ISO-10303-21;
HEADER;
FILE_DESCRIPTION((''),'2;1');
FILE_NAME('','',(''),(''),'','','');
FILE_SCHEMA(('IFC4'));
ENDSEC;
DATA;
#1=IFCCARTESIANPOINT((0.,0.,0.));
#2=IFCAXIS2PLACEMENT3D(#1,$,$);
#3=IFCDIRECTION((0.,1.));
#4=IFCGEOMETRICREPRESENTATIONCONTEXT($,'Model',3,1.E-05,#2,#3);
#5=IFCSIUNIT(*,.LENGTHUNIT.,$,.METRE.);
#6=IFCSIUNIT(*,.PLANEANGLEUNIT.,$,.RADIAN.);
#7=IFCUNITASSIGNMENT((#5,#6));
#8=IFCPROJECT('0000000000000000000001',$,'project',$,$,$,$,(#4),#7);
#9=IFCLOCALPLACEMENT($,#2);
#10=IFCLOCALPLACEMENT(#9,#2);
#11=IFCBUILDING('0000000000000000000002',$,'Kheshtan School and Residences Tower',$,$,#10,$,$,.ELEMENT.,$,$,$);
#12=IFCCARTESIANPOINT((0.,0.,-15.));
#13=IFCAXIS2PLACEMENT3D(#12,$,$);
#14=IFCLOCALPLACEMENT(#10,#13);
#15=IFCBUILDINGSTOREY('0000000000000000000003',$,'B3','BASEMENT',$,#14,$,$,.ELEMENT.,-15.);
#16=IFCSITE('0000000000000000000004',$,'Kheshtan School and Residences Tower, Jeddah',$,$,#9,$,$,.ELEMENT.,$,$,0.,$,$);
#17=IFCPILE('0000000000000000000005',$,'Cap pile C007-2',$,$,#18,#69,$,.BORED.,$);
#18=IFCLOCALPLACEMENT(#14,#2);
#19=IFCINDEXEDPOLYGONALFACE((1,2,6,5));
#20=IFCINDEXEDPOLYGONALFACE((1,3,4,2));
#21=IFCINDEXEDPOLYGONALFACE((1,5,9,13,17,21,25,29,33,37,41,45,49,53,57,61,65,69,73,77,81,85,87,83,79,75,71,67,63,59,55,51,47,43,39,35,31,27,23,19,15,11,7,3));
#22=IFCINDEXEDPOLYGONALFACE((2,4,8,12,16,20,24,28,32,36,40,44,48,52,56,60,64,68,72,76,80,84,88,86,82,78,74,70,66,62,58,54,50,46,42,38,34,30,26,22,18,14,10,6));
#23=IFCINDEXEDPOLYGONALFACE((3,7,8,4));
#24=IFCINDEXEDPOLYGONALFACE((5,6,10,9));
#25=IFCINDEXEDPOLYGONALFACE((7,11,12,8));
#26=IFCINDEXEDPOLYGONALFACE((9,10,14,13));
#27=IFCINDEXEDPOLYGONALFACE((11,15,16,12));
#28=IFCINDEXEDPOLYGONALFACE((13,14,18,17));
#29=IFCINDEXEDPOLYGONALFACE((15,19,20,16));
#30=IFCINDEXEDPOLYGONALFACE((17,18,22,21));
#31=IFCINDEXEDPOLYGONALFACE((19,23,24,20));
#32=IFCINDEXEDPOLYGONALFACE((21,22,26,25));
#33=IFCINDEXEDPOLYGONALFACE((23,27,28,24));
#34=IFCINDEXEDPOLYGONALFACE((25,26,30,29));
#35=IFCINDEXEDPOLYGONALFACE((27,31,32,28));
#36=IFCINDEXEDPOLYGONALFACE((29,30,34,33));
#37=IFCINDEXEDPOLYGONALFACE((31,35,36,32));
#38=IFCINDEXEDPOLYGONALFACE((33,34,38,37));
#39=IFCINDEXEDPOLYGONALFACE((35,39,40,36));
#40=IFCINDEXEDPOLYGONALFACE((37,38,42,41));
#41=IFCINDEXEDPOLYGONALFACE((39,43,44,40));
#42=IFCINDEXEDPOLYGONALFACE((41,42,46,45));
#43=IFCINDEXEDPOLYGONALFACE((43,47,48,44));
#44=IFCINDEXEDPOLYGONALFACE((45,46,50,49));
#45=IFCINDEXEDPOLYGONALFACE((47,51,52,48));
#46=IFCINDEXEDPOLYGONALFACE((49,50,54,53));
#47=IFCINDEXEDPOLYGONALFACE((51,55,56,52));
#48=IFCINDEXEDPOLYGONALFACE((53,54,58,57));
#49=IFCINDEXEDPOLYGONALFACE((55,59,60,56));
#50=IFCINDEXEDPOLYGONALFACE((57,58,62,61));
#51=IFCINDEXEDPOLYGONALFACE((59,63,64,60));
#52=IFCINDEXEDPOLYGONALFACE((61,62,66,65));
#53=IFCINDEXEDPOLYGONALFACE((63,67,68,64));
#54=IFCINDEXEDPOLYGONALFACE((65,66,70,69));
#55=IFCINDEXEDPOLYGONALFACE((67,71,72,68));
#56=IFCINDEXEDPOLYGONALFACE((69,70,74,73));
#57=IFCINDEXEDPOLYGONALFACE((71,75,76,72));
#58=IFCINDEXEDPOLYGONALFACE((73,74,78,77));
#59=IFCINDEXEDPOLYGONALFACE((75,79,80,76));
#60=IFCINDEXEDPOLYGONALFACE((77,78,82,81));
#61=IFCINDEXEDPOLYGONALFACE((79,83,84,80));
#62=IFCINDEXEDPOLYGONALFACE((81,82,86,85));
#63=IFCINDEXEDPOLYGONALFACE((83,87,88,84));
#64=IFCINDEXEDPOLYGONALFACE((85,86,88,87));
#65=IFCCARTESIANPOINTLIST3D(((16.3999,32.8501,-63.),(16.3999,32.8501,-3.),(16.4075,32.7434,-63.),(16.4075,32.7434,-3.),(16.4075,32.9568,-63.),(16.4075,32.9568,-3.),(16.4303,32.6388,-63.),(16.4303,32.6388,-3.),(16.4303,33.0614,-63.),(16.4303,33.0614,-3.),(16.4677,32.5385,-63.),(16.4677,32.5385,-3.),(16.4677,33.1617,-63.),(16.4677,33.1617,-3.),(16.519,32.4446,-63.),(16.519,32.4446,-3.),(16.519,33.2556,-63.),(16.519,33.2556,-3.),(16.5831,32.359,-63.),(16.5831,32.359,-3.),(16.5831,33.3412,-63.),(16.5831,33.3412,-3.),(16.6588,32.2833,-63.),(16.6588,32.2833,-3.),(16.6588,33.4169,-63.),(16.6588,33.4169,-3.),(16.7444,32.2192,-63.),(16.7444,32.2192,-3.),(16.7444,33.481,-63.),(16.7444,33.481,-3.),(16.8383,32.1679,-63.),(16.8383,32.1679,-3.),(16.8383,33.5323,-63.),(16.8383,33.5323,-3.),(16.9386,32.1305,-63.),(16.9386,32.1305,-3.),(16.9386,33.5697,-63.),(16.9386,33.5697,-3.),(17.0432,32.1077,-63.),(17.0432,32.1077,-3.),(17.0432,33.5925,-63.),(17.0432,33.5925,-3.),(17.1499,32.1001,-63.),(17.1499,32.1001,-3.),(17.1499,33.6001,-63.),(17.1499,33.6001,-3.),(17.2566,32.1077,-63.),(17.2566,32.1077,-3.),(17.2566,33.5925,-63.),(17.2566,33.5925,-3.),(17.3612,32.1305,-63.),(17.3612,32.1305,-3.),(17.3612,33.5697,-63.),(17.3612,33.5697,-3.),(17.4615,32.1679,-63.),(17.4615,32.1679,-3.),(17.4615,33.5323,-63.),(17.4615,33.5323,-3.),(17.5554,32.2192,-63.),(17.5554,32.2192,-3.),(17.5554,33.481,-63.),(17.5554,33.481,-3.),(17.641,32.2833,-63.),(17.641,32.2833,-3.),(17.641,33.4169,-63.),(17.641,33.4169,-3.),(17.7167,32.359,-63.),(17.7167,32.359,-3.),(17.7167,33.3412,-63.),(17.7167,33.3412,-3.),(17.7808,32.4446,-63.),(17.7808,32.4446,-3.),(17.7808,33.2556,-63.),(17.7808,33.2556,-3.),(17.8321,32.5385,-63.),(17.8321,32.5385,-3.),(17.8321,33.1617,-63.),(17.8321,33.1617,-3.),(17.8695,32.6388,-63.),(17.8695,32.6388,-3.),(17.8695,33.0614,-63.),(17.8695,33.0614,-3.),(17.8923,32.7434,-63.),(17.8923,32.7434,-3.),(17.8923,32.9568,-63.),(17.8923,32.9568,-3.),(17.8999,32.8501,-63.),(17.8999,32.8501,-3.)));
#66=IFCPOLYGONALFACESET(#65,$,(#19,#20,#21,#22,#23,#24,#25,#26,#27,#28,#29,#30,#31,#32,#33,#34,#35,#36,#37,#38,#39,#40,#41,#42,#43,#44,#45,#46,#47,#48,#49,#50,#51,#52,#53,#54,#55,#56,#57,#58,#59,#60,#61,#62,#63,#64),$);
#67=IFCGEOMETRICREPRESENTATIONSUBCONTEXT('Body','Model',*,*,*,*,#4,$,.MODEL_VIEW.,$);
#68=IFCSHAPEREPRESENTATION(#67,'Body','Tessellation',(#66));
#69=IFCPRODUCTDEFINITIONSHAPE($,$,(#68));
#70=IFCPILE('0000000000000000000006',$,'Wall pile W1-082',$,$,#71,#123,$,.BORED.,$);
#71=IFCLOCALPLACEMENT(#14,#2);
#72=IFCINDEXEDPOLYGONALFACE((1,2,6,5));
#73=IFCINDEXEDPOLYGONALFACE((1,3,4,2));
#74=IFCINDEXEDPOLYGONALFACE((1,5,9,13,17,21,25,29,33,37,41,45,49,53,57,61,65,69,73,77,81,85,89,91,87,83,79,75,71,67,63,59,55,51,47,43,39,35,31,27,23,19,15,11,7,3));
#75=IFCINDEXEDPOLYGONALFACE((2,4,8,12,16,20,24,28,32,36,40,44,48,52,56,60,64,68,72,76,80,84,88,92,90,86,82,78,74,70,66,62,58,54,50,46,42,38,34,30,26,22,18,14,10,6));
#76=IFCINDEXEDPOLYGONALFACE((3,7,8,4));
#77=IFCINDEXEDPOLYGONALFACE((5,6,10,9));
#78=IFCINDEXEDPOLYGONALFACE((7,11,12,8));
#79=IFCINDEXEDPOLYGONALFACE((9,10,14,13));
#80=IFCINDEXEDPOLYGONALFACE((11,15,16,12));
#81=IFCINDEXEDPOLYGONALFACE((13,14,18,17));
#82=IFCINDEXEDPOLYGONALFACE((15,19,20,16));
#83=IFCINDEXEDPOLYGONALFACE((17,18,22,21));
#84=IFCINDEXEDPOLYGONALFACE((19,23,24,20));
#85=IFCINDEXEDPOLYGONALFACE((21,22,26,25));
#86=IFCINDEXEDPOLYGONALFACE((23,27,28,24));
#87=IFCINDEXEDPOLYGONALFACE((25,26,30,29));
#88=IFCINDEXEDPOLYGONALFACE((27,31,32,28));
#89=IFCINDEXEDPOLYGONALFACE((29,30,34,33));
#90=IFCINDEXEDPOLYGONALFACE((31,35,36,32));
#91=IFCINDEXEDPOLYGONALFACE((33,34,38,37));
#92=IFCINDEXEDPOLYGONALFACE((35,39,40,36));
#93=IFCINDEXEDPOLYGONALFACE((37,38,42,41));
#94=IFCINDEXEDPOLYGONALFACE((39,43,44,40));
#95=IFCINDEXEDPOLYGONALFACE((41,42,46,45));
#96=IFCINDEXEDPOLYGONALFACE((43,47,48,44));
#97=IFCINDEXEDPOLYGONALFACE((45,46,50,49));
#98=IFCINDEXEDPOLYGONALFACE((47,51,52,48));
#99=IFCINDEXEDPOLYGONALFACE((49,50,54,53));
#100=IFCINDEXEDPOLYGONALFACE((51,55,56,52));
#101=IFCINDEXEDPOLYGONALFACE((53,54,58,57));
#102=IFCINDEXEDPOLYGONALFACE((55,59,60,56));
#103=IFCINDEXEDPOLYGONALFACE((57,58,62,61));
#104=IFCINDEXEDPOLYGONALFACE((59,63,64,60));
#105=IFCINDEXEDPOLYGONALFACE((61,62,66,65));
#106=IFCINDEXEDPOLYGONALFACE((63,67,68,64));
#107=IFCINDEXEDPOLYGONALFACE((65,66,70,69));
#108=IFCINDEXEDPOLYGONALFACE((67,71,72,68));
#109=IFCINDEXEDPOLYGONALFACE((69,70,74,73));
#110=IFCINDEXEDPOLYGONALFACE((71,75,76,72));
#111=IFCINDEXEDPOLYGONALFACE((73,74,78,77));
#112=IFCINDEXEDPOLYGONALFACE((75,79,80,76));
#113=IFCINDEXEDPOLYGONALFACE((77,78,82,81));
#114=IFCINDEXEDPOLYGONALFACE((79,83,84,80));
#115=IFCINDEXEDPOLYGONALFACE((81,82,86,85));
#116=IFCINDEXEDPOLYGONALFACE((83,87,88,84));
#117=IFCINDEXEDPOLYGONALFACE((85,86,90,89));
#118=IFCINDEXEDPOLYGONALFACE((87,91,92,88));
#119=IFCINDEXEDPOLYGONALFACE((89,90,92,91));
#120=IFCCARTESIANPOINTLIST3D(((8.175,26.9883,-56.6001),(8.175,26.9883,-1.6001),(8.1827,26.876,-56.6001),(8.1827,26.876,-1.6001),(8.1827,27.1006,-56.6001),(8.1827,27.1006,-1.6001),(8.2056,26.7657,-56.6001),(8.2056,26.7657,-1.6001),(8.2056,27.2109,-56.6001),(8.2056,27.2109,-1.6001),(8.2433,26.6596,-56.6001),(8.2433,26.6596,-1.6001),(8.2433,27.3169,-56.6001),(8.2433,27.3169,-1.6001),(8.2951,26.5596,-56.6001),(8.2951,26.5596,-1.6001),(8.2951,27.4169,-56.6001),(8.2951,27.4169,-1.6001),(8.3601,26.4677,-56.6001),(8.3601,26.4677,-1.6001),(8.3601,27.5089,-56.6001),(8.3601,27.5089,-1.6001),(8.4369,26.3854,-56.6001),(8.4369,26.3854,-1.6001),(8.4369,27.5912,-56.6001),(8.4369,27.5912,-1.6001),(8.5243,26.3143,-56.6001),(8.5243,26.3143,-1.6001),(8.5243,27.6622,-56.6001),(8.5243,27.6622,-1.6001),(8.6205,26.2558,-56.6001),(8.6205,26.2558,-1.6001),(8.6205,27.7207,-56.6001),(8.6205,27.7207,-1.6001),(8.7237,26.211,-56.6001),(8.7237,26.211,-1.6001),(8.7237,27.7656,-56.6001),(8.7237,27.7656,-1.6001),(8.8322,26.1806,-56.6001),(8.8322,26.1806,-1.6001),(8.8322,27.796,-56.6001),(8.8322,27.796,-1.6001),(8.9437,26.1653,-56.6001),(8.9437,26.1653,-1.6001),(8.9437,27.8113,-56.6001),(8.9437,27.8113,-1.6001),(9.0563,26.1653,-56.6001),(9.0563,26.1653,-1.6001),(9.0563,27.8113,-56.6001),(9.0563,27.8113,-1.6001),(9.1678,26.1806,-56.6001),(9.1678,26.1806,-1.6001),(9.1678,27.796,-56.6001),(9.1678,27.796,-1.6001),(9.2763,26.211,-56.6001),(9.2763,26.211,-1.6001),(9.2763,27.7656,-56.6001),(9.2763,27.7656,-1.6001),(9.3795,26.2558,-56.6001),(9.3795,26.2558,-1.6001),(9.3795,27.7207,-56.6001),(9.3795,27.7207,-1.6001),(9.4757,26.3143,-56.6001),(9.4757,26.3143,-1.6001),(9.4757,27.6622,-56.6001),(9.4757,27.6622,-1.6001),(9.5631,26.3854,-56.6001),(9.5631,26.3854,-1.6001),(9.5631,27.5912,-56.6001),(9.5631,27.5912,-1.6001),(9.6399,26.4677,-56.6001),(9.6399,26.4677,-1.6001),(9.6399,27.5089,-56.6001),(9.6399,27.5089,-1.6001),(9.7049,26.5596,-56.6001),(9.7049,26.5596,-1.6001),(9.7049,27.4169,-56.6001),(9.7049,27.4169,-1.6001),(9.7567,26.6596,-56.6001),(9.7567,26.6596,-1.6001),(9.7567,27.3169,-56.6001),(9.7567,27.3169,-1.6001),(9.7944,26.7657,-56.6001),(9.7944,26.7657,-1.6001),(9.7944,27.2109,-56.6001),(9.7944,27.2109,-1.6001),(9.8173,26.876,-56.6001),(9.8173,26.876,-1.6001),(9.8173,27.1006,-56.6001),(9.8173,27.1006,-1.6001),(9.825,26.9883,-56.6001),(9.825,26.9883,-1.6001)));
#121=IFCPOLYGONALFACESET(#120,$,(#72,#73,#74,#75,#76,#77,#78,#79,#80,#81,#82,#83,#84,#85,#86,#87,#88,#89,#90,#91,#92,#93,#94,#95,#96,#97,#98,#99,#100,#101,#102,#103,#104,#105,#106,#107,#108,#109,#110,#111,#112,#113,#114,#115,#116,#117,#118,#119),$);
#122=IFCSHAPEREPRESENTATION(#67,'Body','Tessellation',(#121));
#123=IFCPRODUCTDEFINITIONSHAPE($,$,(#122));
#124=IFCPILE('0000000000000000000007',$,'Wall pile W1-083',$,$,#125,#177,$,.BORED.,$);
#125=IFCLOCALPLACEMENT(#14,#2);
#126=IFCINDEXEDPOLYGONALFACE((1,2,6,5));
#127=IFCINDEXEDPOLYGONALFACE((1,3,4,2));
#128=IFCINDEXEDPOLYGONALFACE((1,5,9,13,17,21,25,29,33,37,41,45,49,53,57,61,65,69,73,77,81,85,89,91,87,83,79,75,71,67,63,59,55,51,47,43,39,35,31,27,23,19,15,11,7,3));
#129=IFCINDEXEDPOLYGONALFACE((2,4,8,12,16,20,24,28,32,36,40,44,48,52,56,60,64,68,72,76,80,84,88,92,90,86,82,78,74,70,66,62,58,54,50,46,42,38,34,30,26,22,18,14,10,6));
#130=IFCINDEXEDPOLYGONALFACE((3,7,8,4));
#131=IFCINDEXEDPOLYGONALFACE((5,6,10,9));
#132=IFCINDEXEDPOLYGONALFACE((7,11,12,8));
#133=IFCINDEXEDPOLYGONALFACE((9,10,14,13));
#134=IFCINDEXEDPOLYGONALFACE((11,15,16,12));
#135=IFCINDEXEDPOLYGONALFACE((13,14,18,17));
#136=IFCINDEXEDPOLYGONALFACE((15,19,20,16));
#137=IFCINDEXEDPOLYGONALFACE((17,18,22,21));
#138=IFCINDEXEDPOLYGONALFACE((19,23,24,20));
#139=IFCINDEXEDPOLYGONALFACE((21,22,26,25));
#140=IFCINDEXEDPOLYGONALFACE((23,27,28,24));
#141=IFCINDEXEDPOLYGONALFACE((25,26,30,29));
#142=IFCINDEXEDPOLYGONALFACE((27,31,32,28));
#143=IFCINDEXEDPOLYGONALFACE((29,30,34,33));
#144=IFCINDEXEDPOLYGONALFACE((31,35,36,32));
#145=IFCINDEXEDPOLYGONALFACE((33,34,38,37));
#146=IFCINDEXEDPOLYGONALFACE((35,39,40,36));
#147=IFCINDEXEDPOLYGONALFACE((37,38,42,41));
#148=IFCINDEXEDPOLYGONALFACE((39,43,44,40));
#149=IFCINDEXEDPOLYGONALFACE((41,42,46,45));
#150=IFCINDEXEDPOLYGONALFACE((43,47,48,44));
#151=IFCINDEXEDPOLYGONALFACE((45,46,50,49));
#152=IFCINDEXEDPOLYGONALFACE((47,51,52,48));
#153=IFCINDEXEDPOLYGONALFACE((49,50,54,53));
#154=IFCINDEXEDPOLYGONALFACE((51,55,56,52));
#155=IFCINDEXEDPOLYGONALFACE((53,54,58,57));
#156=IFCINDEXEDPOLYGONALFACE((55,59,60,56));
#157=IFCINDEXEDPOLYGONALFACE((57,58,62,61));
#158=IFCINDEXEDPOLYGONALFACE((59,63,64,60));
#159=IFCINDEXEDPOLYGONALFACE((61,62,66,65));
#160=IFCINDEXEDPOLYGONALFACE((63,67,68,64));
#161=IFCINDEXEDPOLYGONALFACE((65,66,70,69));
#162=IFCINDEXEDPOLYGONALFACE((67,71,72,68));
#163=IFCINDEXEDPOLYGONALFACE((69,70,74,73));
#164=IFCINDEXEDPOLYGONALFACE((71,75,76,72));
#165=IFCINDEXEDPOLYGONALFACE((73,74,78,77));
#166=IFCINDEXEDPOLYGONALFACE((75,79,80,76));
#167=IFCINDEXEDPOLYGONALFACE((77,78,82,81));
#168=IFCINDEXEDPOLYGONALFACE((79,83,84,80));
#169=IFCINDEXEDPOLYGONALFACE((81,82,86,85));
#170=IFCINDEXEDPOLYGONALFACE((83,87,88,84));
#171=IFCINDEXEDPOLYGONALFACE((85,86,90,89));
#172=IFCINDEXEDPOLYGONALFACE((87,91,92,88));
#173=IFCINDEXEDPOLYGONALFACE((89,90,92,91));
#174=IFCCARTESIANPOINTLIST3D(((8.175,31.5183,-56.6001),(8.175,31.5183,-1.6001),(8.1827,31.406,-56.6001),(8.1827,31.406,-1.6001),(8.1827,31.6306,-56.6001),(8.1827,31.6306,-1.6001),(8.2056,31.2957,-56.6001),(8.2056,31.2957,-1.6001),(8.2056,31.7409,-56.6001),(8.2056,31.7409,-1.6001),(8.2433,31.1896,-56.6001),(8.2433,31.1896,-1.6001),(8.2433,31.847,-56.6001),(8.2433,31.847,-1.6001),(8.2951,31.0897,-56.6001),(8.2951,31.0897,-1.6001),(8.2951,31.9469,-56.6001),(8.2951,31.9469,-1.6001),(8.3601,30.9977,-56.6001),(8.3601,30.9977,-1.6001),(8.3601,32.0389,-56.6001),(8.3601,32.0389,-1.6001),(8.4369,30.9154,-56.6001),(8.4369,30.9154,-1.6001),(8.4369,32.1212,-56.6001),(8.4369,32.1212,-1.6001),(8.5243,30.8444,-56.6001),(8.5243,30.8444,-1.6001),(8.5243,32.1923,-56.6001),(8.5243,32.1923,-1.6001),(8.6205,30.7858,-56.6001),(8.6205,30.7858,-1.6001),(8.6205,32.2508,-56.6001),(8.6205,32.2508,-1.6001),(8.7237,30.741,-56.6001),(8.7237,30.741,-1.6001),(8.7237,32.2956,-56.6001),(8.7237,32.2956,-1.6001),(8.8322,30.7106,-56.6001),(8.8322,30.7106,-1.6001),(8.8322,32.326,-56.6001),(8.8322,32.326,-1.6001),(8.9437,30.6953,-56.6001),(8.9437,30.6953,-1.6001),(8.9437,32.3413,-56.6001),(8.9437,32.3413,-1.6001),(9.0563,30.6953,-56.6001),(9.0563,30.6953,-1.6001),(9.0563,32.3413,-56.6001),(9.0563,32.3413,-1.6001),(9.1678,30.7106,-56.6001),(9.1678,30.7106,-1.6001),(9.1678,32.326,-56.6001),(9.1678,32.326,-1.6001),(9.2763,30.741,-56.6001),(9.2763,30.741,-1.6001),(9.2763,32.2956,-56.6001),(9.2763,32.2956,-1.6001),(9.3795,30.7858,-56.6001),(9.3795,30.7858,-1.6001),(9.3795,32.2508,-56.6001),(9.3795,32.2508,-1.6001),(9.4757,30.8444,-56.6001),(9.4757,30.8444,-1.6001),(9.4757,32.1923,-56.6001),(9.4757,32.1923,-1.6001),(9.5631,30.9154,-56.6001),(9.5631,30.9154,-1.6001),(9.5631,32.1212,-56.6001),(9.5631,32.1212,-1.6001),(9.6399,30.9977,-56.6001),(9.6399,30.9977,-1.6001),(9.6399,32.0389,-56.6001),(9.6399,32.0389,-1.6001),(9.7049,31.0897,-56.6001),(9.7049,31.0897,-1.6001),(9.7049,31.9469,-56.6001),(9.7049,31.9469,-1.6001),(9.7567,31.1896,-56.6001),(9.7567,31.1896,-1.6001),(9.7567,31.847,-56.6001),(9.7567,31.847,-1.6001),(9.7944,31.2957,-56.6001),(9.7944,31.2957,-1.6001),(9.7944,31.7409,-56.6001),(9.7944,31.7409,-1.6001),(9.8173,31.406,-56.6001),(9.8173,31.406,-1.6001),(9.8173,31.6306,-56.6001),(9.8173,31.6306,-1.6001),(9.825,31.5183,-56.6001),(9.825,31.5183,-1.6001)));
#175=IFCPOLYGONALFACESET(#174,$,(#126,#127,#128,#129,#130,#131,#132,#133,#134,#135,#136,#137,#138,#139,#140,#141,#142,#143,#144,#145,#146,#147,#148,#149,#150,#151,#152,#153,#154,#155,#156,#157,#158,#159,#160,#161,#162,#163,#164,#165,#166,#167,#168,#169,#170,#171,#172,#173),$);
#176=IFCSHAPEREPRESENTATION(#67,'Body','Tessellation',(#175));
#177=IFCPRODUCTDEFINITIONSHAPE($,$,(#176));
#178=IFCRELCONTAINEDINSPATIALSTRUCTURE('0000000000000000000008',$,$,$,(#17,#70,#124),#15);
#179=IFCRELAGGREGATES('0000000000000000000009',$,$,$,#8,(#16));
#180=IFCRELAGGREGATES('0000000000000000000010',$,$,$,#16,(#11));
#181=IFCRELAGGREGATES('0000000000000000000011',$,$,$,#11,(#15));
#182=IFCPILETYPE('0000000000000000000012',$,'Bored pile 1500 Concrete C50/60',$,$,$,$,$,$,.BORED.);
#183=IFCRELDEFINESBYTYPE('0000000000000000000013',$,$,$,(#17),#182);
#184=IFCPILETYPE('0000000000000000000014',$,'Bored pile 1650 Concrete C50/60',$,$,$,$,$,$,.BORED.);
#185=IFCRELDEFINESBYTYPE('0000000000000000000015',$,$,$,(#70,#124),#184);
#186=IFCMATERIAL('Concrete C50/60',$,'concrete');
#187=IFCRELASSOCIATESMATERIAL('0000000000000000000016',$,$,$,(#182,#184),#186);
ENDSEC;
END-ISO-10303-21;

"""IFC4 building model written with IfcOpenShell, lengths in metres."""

from ifc_helpers import new_model, si_unit, direction, frame, origin, origin_2d, place, context, subcontext, project, spatial, circle, extrude, material, material_profile, profile_set, type_object, element, save


model = new_model("IFC4")

# Units and contexts
model_context = context("Model", 3, precision=1e-05, world=origin(), true_north=direction((0.0, 1.0)))
body_context = subcontext(model_context, "Body", "Model", "MODEL_VIEW")
ifc_project = project(units=[si_unit("LENGTHUNIT", "METRE"), si_unit("PLANEANGLEUNIT", "RADIAN")], contexts=[model_context])

# Site, building, storey
site_placement = place(None, origin())
site = spatial("IfcSite", under=ifc_project, at=site_placement, Name="Kheshtan School and Residences Tower, Jeddah", CompositionType="ELEMENT", RefElevation=0.0)
building_placement = place(site_placement, origin())
building = spatial("IfcBuilding", under=site, at=building_placement, Name="Kheshtan School and Residences Tower", CompositionType="ELEMENT")
storey_placement = place(building_placement, frame((0.0, 0.0, -15.0)))
storey = spatial("IfcBuildingStorey", under=building, at=storey_placement, Name="B3", Description="BASEMENT", CompositionType="ELEMENT", Elevation=-15.0)

# Piles
ifc_material_1 = material(Name="Concrete C50/60", Category="concrete")
ifc_material_profile_1 = material_profile(ifc_material_1, circle(Radius=0.75, at=origin_2d()), Name="BP 1500")
ifc_profile_set_1 = profile_set([ifc_material_profile_1], Name="Concrete C50/60")
pile_type_1 = type_object("IfcPileType", Name="Bored pile 1500 Concrete C50/60", PredefinedType="BORED", material=ifc_profile_set_1)
for number, where, z_axis, x_axis, name in (
    (1, (17.1499, 32.8501, -3.0), (0.0, 0.0, -1.0), (1.0, 0.0, 0.0), "Cap pile C007-2"),
):
    element("IfcPile", number, at=place(storey_placement, frame(where, z_axis=z_axis, x_axis=x_axis)), inside=storey, type_object=pile_type_1, Name=name, PredefinedType="BORED", context=body_context, shape_type="SweptSolid", body=[
        extrude(circle(Radius=0.75, at=origin_2d()), origin(), (0.0, 0.0, 1.0), 60.0),
    ])
ifc_material_profile_2 = material_profile(ifc_material_1, circle(Radius=0.825, at=origin_2d()), Name="BP 1650")
ifc_profile_set_2 = profile_set([ifc_material_profile_2], Name="Concrete C50/60")
pile_type_2 = type_object("IfcPileType", Name="Bored pile 1650 Concrete C50/60", PredefinedType="BORED", material=ifc_profile_set_2)
for number, where, z_axis, x_axis, name in (
    (2, (9.0, 26.9883, -1.6001), (0.0, 0.0, -1.0), (1.0, 0.0, 0.0), "Wall pile W1-082"),
    (3, (9.0, 31.5183, -1.6001), (0.0, 0.0, -1.0), (1.0, 0.0, 0.0), "Wall pile W1-083"),
):
    element("IfcPile", number, at=place(storey_placement, frame(where, z_axis=z_axis, x_axis=x_axis)), inside=storey, type_object=pile_type_2, Name=name, PredefinedType="BORED", context=body_context, shape_type="SweptSolid", body=[
        extrude(circle(Radius=0.825, at=origin_2d()), origin(), (0.0, 0.0, 1.0), 55.0),
    ])

save(model, "model.ifc")
